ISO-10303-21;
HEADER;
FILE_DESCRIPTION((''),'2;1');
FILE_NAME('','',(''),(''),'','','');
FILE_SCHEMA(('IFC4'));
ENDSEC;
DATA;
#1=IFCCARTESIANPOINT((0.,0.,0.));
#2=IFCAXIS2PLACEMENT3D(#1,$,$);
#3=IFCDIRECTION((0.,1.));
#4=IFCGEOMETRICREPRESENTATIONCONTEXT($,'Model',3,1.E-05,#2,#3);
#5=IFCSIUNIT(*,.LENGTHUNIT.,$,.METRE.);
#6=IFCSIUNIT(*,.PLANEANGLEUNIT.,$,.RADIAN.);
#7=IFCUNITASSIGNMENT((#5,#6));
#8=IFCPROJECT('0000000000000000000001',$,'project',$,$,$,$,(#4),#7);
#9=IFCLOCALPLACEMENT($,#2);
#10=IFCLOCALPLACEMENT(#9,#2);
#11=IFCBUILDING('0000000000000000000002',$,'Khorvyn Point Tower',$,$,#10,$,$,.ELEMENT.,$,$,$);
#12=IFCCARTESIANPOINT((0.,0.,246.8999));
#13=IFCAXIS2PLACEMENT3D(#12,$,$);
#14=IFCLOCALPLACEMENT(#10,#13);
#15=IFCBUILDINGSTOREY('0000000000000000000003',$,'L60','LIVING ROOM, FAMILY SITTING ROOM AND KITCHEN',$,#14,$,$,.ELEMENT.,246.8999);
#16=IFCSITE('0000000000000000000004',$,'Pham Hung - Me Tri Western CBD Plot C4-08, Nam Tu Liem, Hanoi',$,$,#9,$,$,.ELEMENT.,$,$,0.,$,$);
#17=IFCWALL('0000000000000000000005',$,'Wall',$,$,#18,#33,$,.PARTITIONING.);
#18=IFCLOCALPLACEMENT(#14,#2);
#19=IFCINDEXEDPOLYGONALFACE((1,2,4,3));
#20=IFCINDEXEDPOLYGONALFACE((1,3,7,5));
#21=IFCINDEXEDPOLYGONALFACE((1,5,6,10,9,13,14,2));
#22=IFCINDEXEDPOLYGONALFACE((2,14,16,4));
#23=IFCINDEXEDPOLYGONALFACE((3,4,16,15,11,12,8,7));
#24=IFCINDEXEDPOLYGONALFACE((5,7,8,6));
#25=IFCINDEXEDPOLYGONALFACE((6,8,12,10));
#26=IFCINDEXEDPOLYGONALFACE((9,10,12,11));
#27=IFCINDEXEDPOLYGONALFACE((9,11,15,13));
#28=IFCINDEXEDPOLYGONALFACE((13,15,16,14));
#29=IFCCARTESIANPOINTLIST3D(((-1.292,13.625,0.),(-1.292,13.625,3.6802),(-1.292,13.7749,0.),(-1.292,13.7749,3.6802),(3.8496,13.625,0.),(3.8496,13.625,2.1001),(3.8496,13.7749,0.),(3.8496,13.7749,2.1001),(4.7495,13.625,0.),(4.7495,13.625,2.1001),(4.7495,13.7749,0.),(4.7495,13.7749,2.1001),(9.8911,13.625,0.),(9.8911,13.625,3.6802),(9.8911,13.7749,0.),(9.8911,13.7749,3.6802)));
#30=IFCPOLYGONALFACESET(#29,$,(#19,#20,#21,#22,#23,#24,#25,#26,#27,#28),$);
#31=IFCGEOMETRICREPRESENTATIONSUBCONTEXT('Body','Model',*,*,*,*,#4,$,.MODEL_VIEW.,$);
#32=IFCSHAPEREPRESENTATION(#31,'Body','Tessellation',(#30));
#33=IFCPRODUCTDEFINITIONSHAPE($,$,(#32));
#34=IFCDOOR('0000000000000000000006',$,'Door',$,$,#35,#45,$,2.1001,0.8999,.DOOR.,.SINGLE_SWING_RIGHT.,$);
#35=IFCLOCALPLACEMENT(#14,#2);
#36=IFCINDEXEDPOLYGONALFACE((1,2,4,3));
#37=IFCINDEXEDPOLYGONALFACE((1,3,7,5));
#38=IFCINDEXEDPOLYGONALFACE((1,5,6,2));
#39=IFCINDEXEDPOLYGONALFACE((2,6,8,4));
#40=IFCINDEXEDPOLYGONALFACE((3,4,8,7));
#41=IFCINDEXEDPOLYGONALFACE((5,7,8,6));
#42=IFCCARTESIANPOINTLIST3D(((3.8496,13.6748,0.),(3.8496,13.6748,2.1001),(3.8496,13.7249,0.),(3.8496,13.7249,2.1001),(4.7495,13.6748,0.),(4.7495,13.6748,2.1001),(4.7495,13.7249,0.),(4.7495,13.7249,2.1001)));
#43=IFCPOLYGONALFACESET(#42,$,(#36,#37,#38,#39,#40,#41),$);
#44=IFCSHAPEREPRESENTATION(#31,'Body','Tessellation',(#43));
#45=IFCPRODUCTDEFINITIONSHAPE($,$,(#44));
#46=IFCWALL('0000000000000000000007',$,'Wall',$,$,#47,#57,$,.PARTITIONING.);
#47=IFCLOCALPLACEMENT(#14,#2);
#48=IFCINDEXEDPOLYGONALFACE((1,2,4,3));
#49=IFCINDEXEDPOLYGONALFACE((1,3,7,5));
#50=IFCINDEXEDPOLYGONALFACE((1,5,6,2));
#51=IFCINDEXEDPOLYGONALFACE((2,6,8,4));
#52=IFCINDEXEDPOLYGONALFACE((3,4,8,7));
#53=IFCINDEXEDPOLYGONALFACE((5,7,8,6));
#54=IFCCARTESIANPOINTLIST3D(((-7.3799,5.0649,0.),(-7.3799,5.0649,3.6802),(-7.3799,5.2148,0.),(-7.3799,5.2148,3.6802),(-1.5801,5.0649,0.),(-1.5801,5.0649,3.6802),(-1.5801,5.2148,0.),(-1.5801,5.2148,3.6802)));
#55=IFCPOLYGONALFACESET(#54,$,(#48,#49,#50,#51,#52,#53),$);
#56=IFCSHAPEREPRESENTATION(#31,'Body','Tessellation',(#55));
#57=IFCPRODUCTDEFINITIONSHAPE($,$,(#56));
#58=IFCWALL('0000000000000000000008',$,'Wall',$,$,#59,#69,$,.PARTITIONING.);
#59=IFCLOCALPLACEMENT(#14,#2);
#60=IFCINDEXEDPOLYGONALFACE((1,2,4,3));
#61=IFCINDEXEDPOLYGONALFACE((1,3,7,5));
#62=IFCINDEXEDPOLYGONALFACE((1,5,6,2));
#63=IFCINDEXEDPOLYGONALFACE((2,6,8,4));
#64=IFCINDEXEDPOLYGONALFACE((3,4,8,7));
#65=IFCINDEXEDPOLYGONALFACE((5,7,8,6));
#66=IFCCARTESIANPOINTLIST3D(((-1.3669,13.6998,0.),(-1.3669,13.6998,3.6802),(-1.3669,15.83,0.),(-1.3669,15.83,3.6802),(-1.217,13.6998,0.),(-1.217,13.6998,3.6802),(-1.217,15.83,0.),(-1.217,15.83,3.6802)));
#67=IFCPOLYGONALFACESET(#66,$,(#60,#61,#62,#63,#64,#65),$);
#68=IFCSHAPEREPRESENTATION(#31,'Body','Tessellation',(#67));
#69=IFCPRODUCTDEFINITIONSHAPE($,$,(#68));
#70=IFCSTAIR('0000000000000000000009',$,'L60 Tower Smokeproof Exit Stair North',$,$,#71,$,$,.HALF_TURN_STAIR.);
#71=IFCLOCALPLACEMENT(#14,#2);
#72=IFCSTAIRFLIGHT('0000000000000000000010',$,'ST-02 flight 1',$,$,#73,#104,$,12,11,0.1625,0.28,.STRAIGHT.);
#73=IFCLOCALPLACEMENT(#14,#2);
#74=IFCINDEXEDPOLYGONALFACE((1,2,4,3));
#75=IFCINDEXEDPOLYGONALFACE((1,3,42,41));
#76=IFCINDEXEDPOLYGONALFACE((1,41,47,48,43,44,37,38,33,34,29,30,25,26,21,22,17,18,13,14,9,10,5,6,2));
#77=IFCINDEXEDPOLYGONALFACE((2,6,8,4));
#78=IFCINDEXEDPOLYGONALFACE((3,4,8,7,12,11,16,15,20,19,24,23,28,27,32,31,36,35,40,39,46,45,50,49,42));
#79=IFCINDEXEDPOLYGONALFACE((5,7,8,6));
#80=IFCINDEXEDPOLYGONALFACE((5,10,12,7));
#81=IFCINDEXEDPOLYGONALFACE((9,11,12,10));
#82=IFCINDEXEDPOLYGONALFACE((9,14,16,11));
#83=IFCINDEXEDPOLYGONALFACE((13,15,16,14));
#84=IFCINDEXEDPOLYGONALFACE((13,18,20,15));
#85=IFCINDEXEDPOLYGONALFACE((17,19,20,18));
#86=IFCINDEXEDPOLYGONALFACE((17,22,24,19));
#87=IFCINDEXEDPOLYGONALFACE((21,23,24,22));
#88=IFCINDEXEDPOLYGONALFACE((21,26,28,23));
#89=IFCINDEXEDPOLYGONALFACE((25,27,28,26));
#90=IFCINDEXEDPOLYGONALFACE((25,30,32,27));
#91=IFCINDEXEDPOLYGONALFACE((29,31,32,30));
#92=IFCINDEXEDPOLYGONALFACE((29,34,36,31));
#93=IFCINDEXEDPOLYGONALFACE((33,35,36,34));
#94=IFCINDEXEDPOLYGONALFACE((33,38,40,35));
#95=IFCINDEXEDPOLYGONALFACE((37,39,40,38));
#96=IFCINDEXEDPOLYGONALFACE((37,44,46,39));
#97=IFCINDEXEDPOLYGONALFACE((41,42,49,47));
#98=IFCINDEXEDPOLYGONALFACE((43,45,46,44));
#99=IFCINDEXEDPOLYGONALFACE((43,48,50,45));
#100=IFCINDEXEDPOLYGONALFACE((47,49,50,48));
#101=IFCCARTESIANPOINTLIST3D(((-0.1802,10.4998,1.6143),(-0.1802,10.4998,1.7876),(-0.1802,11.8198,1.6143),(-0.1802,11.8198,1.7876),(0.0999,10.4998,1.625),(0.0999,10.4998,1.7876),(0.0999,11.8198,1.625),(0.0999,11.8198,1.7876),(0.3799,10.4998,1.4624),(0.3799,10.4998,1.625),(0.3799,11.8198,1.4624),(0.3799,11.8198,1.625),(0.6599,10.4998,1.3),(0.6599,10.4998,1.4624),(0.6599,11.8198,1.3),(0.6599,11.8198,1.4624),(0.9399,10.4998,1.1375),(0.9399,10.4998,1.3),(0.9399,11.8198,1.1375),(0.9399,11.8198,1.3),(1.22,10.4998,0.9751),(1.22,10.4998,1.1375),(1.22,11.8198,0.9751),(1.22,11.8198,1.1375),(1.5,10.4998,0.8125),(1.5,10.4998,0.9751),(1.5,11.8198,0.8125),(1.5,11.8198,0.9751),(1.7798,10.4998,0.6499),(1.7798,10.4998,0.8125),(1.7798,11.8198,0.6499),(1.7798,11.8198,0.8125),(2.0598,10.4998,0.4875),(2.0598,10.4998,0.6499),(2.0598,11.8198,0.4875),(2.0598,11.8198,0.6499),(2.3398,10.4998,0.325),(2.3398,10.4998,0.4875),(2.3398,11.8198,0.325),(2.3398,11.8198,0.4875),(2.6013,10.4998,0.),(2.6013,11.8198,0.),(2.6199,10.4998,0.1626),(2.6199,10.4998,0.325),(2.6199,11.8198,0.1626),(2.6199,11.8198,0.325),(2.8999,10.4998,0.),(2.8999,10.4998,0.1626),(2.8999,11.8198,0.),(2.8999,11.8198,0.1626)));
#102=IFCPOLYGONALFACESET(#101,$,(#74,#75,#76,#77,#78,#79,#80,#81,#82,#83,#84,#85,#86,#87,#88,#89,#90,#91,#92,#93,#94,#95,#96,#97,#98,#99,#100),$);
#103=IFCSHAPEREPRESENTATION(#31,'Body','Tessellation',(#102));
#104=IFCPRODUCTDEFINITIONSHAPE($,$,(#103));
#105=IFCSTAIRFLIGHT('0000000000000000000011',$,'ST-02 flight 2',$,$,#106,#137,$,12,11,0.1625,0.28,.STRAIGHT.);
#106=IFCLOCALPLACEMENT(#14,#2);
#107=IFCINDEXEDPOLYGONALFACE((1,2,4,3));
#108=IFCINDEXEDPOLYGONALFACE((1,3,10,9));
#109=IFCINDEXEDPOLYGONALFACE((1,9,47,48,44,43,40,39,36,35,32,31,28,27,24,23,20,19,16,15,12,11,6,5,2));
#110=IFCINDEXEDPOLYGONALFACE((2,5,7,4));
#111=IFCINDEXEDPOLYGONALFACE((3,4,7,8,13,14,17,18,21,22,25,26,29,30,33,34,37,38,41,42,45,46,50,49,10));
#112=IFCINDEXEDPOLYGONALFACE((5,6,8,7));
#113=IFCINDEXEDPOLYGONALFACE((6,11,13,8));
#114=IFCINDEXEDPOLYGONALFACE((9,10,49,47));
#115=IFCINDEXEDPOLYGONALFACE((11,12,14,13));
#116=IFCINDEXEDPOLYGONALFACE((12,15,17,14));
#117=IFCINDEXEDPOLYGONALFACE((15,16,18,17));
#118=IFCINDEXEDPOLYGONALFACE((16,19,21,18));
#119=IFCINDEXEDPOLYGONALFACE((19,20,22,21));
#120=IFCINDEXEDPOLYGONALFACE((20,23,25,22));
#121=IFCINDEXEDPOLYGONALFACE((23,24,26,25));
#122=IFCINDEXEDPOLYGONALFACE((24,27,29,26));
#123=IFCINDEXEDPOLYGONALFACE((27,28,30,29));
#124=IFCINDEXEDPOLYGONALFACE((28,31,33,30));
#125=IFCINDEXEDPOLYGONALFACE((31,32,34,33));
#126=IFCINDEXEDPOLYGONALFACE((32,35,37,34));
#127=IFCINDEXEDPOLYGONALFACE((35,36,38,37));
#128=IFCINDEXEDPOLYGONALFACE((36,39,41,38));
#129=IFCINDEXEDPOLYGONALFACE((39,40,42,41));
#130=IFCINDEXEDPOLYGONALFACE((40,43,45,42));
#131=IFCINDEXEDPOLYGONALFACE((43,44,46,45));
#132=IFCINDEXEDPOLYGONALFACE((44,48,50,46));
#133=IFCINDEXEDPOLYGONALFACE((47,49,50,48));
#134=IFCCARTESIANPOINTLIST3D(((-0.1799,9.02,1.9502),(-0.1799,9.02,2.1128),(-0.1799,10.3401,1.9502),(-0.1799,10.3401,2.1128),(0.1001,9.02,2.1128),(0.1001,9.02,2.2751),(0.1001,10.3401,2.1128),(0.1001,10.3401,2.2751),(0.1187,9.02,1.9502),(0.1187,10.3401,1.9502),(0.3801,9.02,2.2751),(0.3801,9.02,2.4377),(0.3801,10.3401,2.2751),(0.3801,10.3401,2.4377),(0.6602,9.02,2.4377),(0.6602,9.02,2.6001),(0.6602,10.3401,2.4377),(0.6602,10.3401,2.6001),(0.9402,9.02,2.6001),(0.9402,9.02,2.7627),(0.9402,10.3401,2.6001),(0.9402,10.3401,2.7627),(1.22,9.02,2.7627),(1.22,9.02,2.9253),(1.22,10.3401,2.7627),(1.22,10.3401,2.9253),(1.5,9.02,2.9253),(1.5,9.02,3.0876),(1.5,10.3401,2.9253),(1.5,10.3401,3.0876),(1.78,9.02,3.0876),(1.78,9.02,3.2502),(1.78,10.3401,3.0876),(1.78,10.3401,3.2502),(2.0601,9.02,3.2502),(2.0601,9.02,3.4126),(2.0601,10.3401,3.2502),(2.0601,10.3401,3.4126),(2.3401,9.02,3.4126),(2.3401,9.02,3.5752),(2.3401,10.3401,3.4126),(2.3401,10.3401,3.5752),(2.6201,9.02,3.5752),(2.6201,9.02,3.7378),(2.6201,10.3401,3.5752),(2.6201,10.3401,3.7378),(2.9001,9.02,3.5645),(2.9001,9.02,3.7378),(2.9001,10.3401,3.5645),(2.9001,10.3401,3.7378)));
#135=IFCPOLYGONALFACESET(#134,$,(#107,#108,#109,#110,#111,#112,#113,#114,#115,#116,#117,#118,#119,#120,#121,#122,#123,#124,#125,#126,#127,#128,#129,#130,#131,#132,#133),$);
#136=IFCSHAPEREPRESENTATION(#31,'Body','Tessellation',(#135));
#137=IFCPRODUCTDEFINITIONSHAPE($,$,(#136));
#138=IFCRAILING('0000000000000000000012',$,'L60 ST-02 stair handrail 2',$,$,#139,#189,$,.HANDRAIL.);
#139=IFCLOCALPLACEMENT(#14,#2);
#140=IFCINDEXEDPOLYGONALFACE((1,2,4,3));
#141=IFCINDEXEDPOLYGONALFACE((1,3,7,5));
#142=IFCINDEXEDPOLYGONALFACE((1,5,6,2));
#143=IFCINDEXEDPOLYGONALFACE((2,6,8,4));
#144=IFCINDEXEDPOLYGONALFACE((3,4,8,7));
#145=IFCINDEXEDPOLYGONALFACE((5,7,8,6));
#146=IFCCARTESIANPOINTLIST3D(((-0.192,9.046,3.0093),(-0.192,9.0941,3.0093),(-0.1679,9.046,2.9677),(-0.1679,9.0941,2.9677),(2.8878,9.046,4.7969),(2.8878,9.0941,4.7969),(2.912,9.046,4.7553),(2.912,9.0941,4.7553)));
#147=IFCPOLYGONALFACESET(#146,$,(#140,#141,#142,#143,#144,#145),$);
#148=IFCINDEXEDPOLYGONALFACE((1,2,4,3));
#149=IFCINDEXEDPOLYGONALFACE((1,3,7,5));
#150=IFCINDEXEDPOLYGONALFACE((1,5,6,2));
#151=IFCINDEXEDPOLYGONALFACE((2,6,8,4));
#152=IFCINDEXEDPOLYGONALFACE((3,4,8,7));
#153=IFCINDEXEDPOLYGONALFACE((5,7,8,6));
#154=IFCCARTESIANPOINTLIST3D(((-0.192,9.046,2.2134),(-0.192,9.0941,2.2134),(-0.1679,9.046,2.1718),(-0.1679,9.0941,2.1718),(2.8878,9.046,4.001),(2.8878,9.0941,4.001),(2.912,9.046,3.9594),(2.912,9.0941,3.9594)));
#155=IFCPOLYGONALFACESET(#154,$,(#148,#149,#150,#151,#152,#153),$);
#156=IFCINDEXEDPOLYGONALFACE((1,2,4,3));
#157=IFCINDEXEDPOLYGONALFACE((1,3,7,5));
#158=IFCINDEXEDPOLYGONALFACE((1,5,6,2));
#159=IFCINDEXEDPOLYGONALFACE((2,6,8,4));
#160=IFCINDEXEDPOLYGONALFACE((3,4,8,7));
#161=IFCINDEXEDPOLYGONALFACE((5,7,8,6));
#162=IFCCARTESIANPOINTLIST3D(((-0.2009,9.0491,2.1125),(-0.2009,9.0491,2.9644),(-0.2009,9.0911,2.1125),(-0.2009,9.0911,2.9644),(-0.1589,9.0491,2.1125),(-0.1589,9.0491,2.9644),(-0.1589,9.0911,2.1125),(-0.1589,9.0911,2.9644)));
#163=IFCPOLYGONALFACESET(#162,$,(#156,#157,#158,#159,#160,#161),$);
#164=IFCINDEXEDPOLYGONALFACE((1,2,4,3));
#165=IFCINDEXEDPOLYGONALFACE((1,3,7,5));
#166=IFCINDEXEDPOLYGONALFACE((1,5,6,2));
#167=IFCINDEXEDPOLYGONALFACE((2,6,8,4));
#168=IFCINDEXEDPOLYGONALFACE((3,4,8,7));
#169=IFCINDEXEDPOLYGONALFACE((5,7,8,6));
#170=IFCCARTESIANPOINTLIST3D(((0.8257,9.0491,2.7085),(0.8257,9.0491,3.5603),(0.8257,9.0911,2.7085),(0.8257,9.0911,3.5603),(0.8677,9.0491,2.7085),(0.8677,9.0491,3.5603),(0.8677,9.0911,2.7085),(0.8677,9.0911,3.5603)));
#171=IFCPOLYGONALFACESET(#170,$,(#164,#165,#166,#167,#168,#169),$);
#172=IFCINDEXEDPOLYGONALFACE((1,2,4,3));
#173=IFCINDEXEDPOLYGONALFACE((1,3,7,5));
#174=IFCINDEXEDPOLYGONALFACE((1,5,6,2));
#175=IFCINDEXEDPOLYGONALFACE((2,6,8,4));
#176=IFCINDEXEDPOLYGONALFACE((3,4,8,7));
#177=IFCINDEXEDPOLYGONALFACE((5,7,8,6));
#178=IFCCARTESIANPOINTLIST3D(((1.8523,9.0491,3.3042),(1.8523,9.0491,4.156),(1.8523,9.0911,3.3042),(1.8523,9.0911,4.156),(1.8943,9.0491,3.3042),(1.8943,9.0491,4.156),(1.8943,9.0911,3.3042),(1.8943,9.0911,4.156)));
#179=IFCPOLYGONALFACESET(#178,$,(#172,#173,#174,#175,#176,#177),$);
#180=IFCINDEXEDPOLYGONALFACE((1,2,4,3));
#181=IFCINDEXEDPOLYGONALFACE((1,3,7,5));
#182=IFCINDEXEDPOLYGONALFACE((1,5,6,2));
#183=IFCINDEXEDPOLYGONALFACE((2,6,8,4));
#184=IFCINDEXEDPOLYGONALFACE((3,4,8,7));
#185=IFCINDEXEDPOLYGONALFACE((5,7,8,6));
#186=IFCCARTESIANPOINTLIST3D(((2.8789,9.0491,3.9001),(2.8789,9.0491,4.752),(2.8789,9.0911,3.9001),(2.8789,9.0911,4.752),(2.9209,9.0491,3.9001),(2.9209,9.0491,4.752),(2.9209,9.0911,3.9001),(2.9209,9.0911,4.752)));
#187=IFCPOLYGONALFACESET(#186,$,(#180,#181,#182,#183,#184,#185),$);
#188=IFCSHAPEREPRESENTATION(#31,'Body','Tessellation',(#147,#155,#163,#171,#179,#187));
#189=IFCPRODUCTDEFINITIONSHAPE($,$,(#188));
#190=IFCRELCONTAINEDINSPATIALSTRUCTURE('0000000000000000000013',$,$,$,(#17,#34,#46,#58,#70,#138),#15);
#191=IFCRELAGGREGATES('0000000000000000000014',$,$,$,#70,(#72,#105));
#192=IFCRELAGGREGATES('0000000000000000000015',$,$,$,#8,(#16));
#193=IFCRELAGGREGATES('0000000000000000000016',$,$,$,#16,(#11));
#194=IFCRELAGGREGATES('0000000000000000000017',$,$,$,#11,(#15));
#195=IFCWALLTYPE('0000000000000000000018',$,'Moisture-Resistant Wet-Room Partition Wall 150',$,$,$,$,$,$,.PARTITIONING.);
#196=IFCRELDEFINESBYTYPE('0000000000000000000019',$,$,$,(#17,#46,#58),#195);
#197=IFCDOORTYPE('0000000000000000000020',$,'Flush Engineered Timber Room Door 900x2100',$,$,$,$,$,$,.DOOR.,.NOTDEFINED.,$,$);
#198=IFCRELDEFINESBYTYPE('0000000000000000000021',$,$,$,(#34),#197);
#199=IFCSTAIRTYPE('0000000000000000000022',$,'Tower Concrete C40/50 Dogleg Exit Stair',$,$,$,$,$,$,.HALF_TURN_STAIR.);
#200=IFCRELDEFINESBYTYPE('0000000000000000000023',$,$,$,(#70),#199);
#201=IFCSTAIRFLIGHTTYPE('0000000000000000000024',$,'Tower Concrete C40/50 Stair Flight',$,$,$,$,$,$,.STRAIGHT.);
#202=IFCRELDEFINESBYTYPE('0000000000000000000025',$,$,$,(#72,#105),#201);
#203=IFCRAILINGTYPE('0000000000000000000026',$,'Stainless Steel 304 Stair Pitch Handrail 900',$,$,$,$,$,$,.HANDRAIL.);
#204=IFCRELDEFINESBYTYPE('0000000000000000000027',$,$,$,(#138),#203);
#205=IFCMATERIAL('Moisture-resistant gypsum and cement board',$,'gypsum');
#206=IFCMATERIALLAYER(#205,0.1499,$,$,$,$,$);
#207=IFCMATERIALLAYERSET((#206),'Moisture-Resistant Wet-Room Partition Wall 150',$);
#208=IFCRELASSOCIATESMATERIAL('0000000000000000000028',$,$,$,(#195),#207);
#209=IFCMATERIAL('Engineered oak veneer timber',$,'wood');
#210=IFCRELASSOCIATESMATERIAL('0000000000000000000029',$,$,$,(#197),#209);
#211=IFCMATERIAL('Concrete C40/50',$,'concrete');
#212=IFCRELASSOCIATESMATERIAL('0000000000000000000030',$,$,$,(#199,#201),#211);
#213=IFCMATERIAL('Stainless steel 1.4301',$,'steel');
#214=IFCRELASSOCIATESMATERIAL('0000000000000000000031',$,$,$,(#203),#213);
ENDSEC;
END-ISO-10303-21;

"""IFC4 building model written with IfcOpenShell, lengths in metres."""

from ifc_helpers import new_model, si_unit, direction, frame, frame_2d, origin, origin_2d, place, context, subcontext, project, spatial, polyline, rectangle, outline, extrude, material, layer, layer_set, type_object, element, fill, aggregate, save


model = new_model("IFC4")

# Units and contexts
model_context = context("Model", 3, precision=1e-05, world=origin(), true_north=direction((0.0, 1.0)))
body_context = subcontext(model_context, "Body", "Model", "MODEL_VIEW")
ifc_project = project(units=[si_unit("LENGTHUNIT", "METRE"), si_unit("PLANEANGLEUNIT", "RADIAN")], contexts=[model_context])

# Site, building, storey
site_placement = place(None, origin())
site = spatial("IfcSite", under=ifc_project, at=site_placement, Name="Pham Hung - Me Tri Western CBD Plot C4-08, Nam Tu Liem, Hanoi", CompositionType="ELEMENT", RefElevation=0.0)
building_placement = place(site_placement, origin())
building = spatial("IfcBuilding", under=site, at=building_placement, Name="Khorvyn Point Tower", CompositionType="ELEMENT")
storey_placement = place(building_placement, frame((0.0, 0.0, 246.8999)))
storey = spatial("IfcBuildingStorey", under=building, at=storey_placement, Name="L60", Description="LIVING ROOM, FAMILY SITTING ROOM AND KITCHEN", CompositionType="ELEMENT", Elevation=246.8999)

# Shared definitions
ifc_material_1 = material(Name="Concrete C40/50", Category="concrete")

# Wall, opening, door
ifc_material_2 = material(Name="Moisture-resistant gypsum and cement board", Category="gypsum")
ifc_layer_1 = layer(ifc_material_2, 0.1499)
ifc_layer_set_1 = layer_set([ifc_layer_1], Name="Moisture-Resistant Wet-Room Partition Wall 150")
wall_type_1 = type_object("IfcWallType", Name="Moisture-Resistant Wet-Room Partition Wall 150", PredefinedType="PARTITIONING", material=ifc_layer_set_1)
wall_1_placement = place(storey_placement, frame((-1.292, 13.7, 0.0), z_axis=(0.0, 0.0, 1.0), x_axis=(1.0, 0.0, 0.0)))
wall_1 = element("IfcWall", 1, at=wall_1_placement, inside=storey, type_object=wall_type_1, Name="Wall", PredefinedType="PARTITIONING", context=body_context, shape_type="SweptSolid", body=[
    extrude(rectangle(XDim=11.1831, YDim=0.1499, at=frame_2d((5.5916, 0.0))), origin(), (0.0, 0.0, 1.0), 3.6802),
])
opening_1_placement = place(wall_1_placement, frame((5.1416, 0.0, 0.0)))
opening_1 = element("IfcOpeningElement", 2, at=opening_1_placement, cuts=wall_1, PredefinedType="OPENING", context=body_context, shape_type="SweptSolid", body=[
    extrude(rectangle(XDim=0.8999, YDim=2.1001, at=frame_2d((0.45, 1.05))), frame((0.0, 0.085, 0.0), z_axis=(0.0, -1.0, 0.0), x_axis=(1.0, 0.0, 0.0)), (0.0, 0.0, 1.0), 0.1699),
])
ifc_material_3 = material(Name="Engineered oak veneer timber", Category="wood")
door_type_1 = type_object("IfcDoorType", Name="Flush Engineered Timber Room Door 900x2100", OperationType="NOTDEFINED", PredefinedType="DOOR", material=ifc_material_3)
door_1_placement = place(opening_1_placement, origin())
door_1 = element("IfcDoor", 3, at=door_1_placement, inside=storey, type_object=door_type_1, Name="Door", OperationType="SINGLE_SWING_RIGHT", OverallHeight=2.1001, OverallWidth=0.8999, PredefinedType="DOOR", context=body_context, shape_type="SweptSolid", body=[
    extrude(rectangle(XDim=0.8999, YDim=2.1001, at=frame_2d((0.45, 1.05))), frame((0.0, 0.0249, 0.0), z_axis=(0.0, -1.0, 0.0), x_axis=(1.0, 0.0, 0.0)), (0.0, 0.0, 1.0), 0.05),
])
fill(opening_1, door_1)

# Walls
wall_2_placement = place(storey_placement, frame((-7.3799, 5.1399, 0.0), z_axis=(0.0, 0.0, 1.0), x_axis=(1.0, 0.0, 0.0)))
element("IfcWall", 4, at=wall_2_placement, inside=storey, type_object=wall_type_1, Name="Wall", PredefinedType="PARTITIONING", context=body_context, shape_type="SweptSolid", body=[
    extrude(rectangle(XDim=5.7998, YDim=0.1499, at=frame_2d((2.8999, 0.0))), origin(), (0.0, 0.0, 1.0), 3.6802),
])
wall_3_placement = place(storey_placement, frame((-1.292, 13.7, 0.0), z_axis=(0.0, 0.0, 1.0), x_axis=(0.0, 1.0, 0.0)))
element("IfcWall", 5, at=wall_3_placement, inside=storey, type_object=wall_type_1, Name="Wall", PredefinedType="PARTITIONING", context=body_context, shape_type="SweptSolid", body=[
    extrude(rectangle(XDim=2.1301, YDim=0.1499, at=frame_2d((1.0649, 0.0))), origin(), (0.0, 0.0, 1.0), 3.6802),
])

# Stair, stair flights
stair_type = type_object("IfcStairType", Name="Tower Concrete C40/50 Dogleg Exit Stair", PredefinedType="HALF_TURN_STAIR", material=ifc_material_1)
stair_placement = place(storey_placement, origin())
stair = element("IfcStair", 6, at=stair_placement, inside=storey, type_object=stair_type, Name="L60 Tower Smokeproof Exit Stair North", PredefinedType="HALF_TURN_STAIR")
stair_flight_type = type_object("IfcStairFlightType", Name="Tower Concrete C40/50 Stair Flight", PredefinedType="STRAIGHT", material=ifc_material_1)
stair_flight_1_placement = place(storey_placement, frame((2.8999, 11.1599, 0.0), z_axis=(0.0, 0.0, 1.0), x_axis=(-1.0, 0.0, 0.0)))
stair_flight_1 = element("IfcStairFlight", 7, at=stair_flight_1_placement, type_object=stair_flight_type, Name="ST-02 flight 1", NumberOfRisers=12, NumberOfTreads=11, PredefinedType="STRAIGHT", RiserHeight=0.1625, TreadLength=0.28, context=body_context, shape_type="SweptSolid", body=[
    extrude(outline(polyline([(0.0, 0.0), (0.0, 0.1626), (0.28, 0.1626), (0.28, 0.325), (0.5601, 0.325), (0.5601, 0.4875), (0.8401, 0.4875), (0.8401, 0.6499), (1.1201, 0.6499), (1.1201, 0.8125), (1.3999, 0.8125), (1.3999, 0.9751), (1.6799, 0.9751), (1.6799, 1.1375), (1.96, 1.1375), (1.96, 1.3), (2.24, 1.3), (2.24, 1.4624), (2.52, 1.4624), (2.52, 1.625), (2.8, 1.625), (2.8, 1.7876), (3.0801, 1.7876), (3.0801, 1.95), (3.0801, 1.6143), (0.2986, 0.0), (0.0, 0.0)])), frame((0.0, 0.6602, 0.0), z_axis=(0.0, -1.0, 0.0), x_axis=(1.0, 0.0, 0.0)), (0.0, 0.0, 1.0), 1.3201),
])
stair_flight_2_placement = place(storey_placement, frame((-0.1799, 9.6799, 1.9502), z_axis=(0.0, 0.0, 1.0), x_axis=(1.0, 0.0, 0.0)))
stair_flight_2 = element("IfcStairFlight", 8, at=stair_flight_2_placement, type_object=stair_flight_type, Name="ST-02 flight 2", NumberOfRisers=12, NumberOfTreads=11, PredefinedType="STRAIGHT", RiserHeight=0.1625, TreadLength=0.28, context=body_context, shape_type="SweptSolid", body=[
    extrude(outline(polyline([(0.0, 0.0), (0.0, 0.1626), (0.28, 0.1626), (0.28, 0.325), (0.5601, 0.325), (0.5601, 0.4875), (0.8401, 0.4875), (0.8401, 0.6499), (1.1201, 0.6499), (1.1201, 0.8125), (1.3999, 0.8125), (1.3999, 0.9751), (1.6799, 0.9751), (1.6799, 1.1375), (1.96, 1.1375), (1.96, 1.3), (2.24, 1.3), (2.24, 1.4624), (2.52, 1.4624), (2.52, 1.625), (2.8, 1.625), (2.8, 1.7876), (3.0801, 1.7876), (3.0801, 1.95), (3.0801, 1.6143), (0.2986, 0.0), (0.0, 0.0)])), frame((0.0, 0.6602, 0.0), z_axis=(0.0, -1.0, 0.0), x_axis=(1.0, 0.0, 0.0)), (0.0, 0.0, 1.0), 1.3201),
])
aggregate(stair, [stair_flight_1, stair_flight_2])

# Railing
ifc_material_4 = material(Name="Stainless steel 1.4301", Category="steel")
railing_type_1 = type_object("IfcRailingType", Name="Stainless Steel 304 Stair Pitch Handrail 900", PredefinedType="HANDRAIL", material=ifc_material_4)
railing_1_placement = place(storey_placement, frame((-0.1799, 9.0701, 2.1125)))
element("IfcRailing", 9, at=railing_1_placement, inside=storey, type_object=railing_type_1, Name="L60 ST-02 stair handrail 2", PredefinedType="HANDRAIL", context=body_context, shape_type="SweptSolid", body=[
    extrude(rectangle(XDim=0.0481, YDim=0.0481, at=origin_2d()), frame((0.0, 0.0, 0.876), z_axis=(0.864873, 0.0, 0.50199), x_axis=(0.0, 1.0, 0.0)), (0.0, 0.0, 1.0), 3.561),
    extrude(rectangle(XDim=0.0481, YDim=0.0481, at=origin_2d()), frame((0.0, 0.0, 0.0801), z_axis=(0.864873, 0.0, 0.50199), x_axis=(0.0, 1.0, 0.0)), (0.0, 0.0, 1.0), 3.561),
    extrude(rectangle(XDim=0.042, YDim=0.042, at=origin_2d()), origin(), (0.0, 0.0, 1.0), 0.8518),
    extrude(rectangle(XDim=0.042, YDim=0.042, at=origin_2d()), frame((1.0266, 0.0, 0.5959)), (0.0, 0.0, 1.0), 0.8518),
    extrude(rectangle(XDim=0.042, YDim=0.042, at=origin_2d()), frame((2.0532, 0.0, 1.1917)), (0.0, 0.0, 1.0), 0.8518),
    extrude(rectangle(XDim=0.042, YDim=0.042, at=origin_2d()), frame((3.0798, 0.0, 1.7876)), (0.0, 0.0, 1.0), 0.8518),
])

save(model, "model.ifc")
